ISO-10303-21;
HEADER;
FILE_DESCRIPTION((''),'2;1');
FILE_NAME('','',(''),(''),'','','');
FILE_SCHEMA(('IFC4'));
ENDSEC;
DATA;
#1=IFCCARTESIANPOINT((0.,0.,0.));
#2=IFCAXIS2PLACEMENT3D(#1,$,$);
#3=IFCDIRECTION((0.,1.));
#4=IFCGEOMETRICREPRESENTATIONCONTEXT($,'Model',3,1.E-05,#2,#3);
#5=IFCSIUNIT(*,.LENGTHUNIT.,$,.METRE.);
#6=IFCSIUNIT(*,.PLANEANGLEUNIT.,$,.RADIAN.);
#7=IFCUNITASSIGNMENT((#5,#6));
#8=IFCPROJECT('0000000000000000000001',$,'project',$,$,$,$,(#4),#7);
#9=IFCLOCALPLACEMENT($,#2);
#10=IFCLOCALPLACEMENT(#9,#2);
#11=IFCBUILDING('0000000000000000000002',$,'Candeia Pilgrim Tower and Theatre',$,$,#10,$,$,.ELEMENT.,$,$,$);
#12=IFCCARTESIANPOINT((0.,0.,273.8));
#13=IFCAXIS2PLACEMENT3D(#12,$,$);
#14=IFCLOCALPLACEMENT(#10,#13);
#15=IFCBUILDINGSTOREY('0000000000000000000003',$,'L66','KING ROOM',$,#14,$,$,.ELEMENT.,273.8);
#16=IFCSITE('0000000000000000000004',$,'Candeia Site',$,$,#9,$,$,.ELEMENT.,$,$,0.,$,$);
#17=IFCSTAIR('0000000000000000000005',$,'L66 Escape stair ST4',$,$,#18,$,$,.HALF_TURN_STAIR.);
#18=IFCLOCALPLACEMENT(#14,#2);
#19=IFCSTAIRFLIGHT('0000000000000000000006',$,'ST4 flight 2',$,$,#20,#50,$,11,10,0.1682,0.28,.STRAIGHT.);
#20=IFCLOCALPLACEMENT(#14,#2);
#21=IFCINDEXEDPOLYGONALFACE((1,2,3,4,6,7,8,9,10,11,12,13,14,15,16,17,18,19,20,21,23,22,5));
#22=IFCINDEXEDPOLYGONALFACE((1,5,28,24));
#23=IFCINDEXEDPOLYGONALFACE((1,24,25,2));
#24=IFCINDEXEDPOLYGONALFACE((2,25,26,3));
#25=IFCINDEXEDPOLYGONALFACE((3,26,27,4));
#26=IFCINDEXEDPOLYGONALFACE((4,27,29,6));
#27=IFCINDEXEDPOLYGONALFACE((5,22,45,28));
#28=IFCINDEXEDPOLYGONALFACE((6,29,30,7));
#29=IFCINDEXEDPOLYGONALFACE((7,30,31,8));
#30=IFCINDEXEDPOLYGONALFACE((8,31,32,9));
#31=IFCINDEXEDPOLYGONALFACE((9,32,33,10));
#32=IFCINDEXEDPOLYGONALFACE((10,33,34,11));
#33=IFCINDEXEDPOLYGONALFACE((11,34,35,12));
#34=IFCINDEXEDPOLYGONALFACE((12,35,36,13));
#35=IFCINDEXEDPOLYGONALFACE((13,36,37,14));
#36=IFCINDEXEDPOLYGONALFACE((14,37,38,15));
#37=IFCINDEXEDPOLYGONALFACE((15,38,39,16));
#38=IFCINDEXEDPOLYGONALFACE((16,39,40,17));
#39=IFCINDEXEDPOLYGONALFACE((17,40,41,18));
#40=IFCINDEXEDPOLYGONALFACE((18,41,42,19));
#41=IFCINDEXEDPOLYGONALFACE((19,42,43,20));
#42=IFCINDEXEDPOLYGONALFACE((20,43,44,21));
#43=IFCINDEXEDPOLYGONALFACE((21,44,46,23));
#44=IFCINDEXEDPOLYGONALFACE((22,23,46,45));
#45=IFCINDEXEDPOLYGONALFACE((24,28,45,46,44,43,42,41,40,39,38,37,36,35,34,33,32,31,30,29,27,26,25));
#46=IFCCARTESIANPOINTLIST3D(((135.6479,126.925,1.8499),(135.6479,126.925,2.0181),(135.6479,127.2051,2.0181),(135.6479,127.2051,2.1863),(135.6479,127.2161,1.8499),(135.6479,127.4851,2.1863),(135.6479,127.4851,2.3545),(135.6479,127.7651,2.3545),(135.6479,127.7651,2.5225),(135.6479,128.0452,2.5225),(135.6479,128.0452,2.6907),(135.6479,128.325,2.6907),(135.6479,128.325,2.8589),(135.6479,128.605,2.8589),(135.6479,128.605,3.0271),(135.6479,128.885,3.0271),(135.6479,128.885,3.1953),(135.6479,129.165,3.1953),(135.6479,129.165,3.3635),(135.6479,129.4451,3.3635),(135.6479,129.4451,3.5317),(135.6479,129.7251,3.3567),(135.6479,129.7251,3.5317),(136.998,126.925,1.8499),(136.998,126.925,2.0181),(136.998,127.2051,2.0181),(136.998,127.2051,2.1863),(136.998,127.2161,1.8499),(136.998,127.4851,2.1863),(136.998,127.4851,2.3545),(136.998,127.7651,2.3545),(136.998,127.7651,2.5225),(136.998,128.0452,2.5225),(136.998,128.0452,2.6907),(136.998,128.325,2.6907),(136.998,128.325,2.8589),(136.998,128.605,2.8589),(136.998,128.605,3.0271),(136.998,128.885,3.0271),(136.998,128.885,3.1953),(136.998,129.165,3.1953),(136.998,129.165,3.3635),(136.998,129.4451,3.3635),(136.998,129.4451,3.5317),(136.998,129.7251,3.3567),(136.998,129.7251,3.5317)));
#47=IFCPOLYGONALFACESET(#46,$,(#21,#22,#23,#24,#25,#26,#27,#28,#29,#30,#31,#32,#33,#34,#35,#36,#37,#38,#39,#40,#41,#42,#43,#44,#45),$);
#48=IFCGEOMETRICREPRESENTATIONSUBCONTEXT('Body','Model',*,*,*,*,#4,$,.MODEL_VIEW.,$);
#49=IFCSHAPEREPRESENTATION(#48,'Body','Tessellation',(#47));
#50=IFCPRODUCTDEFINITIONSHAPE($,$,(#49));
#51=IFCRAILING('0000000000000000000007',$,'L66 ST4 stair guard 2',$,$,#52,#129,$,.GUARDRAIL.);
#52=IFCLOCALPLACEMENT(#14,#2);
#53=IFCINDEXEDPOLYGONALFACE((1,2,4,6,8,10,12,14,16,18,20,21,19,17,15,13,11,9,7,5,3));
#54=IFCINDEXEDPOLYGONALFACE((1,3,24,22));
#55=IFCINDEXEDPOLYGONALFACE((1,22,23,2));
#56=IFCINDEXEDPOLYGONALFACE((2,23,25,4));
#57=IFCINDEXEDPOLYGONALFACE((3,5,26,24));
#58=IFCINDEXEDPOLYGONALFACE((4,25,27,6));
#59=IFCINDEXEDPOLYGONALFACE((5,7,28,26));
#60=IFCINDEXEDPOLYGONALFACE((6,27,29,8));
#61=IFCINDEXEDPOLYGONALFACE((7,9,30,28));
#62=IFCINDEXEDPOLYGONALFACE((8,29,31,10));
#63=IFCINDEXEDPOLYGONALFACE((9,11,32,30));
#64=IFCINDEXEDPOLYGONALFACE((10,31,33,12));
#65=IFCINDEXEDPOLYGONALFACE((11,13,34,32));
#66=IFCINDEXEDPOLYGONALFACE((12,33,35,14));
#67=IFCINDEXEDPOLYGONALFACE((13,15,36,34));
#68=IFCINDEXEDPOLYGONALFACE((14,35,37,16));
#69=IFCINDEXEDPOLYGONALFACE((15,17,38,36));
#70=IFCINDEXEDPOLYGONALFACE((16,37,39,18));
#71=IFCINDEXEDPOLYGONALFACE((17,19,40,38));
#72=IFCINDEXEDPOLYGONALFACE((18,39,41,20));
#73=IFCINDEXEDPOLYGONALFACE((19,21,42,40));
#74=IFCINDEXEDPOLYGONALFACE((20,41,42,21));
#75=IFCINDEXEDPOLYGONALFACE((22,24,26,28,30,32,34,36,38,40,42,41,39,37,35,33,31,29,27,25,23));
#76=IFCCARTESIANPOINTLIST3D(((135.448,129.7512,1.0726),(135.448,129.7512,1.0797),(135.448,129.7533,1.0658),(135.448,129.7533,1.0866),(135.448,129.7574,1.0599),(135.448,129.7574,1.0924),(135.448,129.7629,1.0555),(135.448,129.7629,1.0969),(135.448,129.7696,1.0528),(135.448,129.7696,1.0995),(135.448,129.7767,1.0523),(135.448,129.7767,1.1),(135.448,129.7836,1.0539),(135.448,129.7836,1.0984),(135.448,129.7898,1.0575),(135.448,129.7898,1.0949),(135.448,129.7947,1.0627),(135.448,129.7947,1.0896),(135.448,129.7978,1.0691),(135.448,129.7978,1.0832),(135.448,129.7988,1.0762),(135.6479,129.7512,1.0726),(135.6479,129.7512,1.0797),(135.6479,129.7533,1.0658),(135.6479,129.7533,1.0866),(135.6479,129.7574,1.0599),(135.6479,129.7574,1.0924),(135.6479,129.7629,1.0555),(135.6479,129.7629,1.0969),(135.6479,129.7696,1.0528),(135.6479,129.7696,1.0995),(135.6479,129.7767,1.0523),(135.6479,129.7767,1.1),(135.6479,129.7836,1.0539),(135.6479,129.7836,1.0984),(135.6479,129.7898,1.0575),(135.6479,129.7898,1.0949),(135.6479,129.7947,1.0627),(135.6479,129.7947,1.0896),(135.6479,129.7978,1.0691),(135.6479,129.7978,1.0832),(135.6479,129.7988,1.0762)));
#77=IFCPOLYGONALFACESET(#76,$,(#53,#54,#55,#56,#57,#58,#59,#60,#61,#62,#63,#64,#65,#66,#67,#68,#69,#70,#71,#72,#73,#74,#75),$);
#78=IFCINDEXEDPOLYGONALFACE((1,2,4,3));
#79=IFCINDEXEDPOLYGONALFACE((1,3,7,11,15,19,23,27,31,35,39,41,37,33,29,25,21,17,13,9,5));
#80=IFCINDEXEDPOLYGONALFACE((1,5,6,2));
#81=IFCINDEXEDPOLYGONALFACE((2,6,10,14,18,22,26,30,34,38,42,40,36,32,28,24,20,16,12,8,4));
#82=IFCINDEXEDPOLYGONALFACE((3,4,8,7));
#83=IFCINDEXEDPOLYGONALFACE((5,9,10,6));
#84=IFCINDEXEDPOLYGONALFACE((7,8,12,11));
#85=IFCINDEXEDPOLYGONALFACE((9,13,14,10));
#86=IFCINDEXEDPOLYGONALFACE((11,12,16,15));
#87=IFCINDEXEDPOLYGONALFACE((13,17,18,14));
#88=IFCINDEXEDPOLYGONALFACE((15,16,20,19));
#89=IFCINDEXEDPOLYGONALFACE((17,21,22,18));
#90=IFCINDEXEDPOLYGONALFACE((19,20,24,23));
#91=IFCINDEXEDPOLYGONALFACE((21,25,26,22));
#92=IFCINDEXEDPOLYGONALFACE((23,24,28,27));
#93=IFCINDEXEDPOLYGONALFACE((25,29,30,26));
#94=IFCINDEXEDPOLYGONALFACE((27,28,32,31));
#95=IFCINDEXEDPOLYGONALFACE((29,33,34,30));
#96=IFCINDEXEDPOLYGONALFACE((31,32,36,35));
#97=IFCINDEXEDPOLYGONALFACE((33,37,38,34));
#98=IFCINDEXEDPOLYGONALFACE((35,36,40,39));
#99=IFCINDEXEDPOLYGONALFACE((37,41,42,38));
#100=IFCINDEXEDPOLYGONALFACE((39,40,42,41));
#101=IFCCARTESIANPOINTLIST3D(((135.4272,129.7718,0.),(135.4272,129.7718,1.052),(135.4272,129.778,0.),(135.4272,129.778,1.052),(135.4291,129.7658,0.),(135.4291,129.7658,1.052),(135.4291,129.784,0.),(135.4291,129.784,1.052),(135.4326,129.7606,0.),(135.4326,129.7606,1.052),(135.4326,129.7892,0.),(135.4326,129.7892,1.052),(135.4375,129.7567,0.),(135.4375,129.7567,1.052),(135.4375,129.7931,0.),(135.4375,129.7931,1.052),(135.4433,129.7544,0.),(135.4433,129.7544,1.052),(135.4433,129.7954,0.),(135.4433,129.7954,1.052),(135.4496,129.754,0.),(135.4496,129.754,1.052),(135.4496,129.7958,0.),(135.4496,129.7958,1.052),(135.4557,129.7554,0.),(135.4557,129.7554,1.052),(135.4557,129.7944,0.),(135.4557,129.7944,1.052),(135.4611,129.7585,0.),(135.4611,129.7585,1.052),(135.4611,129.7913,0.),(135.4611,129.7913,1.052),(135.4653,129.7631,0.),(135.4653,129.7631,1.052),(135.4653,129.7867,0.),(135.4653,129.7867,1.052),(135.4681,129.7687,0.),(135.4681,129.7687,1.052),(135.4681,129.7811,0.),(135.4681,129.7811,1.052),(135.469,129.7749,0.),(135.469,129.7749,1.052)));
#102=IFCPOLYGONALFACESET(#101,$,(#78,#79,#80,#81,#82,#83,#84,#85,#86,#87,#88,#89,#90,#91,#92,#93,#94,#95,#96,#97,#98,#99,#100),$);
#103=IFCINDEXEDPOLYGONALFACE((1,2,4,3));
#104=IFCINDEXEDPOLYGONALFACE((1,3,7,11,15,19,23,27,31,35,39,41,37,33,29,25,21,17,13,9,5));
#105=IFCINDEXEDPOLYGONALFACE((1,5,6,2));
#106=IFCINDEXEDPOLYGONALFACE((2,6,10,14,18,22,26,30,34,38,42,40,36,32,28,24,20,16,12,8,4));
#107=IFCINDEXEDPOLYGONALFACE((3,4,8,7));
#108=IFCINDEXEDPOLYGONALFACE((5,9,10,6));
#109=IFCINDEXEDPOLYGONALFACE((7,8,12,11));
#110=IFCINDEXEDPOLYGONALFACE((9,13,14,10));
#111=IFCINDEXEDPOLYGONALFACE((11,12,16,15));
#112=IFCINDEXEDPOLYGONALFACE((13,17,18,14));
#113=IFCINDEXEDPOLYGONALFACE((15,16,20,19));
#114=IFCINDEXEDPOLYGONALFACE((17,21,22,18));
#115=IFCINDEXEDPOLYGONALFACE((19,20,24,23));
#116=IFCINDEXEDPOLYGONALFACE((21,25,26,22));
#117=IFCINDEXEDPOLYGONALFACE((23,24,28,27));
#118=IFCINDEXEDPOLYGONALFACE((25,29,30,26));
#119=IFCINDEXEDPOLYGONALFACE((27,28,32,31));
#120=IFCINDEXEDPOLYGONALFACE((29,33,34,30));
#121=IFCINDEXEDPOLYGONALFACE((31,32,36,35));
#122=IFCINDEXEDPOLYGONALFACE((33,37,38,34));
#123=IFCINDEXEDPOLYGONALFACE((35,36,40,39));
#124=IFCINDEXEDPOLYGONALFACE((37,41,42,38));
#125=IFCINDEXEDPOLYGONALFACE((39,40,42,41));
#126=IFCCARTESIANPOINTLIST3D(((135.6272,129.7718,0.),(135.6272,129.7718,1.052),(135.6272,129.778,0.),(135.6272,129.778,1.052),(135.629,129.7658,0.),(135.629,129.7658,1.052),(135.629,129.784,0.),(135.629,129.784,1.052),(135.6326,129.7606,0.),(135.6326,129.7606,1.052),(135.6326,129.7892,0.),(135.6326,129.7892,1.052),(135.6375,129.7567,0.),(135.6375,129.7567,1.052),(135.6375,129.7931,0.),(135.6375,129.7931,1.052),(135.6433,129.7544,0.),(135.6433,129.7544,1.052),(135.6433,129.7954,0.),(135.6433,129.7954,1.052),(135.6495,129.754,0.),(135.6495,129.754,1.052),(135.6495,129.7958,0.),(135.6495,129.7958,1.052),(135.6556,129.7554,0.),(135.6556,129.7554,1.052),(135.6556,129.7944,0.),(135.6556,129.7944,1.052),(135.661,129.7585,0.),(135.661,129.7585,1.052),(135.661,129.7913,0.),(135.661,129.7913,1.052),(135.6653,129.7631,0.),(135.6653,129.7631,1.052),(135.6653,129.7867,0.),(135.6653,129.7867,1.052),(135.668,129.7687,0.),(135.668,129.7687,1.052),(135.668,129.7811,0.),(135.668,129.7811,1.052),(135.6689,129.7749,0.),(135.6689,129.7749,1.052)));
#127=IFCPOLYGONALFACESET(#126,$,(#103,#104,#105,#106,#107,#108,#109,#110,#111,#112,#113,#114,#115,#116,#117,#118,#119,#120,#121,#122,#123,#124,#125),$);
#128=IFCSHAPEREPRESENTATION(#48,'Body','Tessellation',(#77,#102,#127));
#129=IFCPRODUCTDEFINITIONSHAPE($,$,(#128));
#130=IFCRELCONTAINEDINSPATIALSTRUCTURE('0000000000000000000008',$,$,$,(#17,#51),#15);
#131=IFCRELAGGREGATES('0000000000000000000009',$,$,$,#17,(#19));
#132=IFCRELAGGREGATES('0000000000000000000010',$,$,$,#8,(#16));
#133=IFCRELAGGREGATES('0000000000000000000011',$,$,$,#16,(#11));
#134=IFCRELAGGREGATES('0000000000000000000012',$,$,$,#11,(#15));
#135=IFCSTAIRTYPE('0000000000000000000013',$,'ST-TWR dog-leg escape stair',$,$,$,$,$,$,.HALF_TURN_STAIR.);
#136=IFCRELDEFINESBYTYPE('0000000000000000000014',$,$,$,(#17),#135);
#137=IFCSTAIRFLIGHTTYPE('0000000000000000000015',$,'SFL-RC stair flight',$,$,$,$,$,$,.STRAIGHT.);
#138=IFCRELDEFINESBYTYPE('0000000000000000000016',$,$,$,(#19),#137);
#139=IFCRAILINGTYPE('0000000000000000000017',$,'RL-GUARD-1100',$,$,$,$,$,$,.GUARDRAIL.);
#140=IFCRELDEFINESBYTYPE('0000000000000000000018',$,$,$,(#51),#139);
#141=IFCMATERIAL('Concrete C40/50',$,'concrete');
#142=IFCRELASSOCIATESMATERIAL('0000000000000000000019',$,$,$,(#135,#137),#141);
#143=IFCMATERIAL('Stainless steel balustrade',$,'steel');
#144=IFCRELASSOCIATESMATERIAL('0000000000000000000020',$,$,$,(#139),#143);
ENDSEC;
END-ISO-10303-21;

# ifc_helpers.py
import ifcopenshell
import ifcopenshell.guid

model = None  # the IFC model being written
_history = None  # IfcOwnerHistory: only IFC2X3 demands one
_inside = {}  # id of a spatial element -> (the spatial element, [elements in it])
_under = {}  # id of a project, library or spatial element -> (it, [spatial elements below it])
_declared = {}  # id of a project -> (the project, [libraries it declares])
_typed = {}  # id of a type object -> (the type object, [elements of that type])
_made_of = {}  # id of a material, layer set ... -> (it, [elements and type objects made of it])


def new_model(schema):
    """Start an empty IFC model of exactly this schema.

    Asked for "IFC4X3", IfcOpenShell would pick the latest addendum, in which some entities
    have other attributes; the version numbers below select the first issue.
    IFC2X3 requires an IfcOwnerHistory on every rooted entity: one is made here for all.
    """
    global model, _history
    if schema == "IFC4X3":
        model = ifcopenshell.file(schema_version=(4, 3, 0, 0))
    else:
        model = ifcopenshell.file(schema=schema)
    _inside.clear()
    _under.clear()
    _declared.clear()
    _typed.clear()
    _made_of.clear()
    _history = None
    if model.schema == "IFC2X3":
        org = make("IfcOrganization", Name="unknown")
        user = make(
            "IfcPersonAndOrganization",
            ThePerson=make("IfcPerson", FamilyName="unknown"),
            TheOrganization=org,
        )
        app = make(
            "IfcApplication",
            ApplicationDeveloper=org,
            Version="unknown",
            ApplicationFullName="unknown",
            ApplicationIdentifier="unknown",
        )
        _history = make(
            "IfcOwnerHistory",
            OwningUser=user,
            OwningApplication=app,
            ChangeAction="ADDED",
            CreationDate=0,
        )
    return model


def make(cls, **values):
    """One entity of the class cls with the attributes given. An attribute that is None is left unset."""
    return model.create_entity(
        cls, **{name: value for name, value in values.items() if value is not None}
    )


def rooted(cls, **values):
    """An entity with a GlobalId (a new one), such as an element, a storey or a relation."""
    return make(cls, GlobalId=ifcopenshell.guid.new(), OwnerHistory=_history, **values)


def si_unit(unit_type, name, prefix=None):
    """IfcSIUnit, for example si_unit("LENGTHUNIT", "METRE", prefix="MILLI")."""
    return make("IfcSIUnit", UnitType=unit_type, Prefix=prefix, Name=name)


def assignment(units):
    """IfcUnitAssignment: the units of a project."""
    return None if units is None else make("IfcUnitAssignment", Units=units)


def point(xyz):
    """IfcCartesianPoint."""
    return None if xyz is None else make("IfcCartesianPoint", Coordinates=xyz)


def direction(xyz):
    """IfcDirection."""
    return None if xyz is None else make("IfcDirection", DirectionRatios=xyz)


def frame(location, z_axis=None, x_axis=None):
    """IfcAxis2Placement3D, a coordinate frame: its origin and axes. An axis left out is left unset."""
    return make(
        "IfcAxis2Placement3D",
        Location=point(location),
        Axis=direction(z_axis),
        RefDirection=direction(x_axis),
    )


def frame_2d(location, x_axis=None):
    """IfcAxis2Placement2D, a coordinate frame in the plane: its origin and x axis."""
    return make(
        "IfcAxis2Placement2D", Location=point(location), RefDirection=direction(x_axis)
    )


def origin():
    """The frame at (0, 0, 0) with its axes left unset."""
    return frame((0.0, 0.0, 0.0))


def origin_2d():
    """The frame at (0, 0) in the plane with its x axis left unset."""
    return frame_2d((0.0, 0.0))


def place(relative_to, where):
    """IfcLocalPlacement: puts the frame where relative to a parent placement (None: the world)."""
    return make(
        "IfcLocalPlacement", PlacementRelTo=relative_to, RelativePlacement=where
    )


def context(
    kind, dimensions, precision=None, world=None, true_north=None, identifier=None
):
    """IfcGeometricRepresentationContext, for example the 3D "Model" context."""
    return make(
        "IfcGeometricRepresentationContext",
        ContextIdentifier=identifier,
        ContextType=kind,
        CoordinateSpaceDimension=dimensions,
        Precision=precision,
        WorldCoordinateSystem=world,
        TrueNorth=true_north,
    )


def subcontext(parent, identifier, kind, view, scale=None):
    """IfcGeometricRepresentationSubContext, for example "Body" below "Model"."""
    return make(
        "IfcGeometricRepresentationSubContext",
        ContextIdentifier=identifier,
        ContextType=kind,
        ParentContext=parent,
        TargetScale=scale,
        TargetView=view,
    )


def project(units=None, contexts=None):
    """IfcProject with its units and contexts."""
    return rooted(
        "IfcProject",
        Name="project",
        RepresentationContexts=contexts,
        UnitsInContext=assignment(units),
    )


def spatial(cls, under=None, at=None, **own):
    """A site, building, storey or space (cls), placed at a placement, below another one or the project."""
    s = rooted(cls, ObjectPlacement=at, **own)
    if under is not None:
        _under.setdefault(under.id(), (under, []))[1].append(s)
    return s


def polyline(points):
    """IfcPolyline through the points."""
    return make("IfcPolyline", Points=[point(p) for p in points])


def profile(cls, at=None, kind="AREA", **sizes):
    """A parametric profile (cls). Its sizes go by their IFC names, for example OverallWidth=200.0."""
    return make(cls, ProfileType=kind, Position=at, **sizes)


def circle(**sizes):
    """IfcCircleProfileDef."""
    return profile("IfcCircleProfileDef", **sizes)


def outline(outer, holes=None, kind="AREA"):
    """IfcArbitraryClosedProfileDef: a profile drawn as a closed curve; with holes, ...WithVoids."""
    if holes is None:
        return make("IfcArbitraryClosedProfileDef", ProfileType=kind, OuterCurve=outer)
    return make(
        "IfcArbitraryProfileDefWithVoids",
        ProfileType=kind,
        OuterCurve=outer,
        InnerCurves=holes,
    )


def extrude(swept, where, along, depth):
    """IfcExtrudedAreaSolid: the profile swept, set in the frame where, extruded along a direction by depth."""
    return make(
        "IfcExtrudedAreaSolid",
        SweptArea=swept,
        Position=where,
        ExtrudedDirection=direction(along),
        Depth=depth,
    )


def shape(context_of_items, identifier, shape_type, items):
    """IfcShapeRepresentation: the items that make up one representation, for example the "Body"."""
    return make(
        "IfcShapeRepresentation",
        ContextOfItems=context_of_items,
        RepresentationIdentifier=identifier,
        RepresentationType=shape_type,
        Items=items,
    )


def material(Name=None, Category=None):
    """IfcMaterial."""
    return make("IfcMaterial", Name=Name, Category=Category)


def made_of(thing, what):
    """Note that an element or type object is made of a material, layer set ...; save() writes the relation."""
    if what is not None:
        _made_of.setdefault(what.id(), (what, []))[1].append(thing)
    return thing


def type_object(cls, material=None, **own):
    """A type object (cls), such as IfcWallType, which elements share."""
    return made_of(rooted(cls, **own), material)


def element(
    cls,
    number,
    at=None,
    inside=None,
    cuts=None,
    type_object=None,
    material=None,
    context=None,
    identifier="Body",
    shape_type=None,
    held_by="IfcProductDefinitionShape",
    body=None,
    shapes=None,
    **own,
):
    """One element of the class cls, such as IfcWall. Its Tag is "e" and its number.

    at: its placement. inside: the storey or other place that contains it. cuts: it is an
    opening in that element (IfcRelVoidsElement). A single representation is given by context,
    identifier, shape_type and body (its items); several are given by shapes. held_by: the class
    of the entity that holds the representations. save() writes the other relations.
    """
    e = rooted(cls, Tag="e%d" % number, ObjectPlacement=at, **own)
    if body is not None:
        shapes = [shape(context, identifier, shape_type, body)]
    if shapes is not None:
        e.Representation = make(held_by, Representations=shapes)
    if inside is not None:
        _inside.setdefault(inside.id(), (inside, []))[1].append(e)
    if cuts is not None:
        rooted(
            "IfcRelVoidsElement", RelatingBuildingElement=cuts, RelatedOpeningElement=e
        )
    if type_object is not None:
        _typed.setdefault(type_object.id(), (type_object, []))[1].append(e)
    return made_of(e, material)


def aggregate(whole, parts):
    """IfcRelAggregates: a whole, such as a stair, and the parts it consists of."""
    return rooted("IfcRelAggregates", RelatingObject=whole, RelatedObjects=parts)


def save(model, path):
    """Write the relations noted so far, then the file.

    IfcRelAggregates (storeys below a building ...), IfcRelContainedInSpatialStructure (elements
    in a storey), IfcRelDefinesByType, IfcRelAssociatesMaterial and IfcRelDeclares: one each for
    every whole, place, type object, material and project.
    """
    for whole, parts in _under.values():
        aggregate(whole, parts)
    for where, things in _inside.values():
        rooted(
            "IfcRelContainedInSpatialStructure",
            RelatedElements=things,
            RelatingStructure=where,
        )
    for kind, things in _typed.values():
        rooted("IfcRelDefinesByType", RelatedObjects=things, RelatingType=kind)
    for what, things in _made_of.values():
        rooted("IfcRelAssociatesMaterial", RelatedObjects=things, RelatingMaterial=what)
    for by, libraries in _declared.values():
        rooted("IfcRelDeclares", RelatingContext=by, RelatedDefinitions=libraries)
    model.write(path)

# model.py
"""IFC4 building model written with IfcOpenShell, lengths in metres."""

from ifc_helpers import new_model, si_unit, direction, frame, origin, origin_2d, place, context, subcontext, project, spatial, polyline, circle, outline, extrude, material, type_object, element, aggregate, save


model = new_model("IFC4")

# Units and contexts
model_context = context("Model", 3, precision=1e-05, world=origin(), true_north=direction((0.0, 1.0)))
body_context = subcontext(model_context, "Body", "Model", "MODEL_VIEW")
ifc_project = project(units=[si_unit("LENGTHUNIT", "METRE"), si_unit("PLANEANGLEUNIT", "RADIAN")], contexts=[model_context])

# Site, building, storey
site_placement = place(None, origin())
site = spatial("IfcSite", under=ifc_project, at=site_placement, Name="Candeia Site", CompositionType="ELEMENT", RefElevation=0.0)
building_placement = place(site_placement, origin())
building = spatial("IfcBuilding", under=site, at=building_placement, Name="Candeia Pilgrim Tower and Theatre", CompositionType="ELEMENT")
storey_placement = place(building_placement, frame((0.0, 0.0, 273.8)))
storey = spatial("IfcBuildingStorey", under=building, at=storey_placement, Name="L66", Description="KING ROOM", CompositionType="ELEMENT", Elevation=273.8)

# Shared definitions
ifc_material_1 = material(Name="Concrete C40/50", Category="concrete")

# Stair, stair flight
stair_type = type_object("IfcStairType", Name="ST-TWR dog-leg escape stair", PredefinedType="HALF_TURN_STAIR", material=ifc_material_1)
stair_placement = place(storey_placement, origin())
stair = element("IfcStair", 1, at=stair_placement, inside=storey, type_object=stair_type, Name="L66 Escape stair ST4", PredefinedType="HALF_TURN_STAIR")
stair_flight_type = type_object("IfcStairFlightType", Name="SFL-RC stair flight", PredefinedType="STRAIGHT", material=ifc_material_1)
stair_flight_1_placement = place(storey_placement, frame((136.323, 126.925, 1.8499), z_axis=(0.0, 0.0, 1.0), x_axis=(0.0, 1.0, 0.0)))
stair_flight_1 = element("IfcStairFlight", 2, at=stair_flight_1_placement, type_object=stair_flight_type, Name="ST4 flight 2", NumberOfRisers=11, NumberOfTreads=10, PredefinedType="STRAIGHT", RiserHeight=0.1682, TreadLength=0.28, context=body_context, shape_type="SweptSolid", body=[
    extrude(outline(polyline([(0.0, 0.0), (0.0, 0.1682), (0.28, 0.1682), (0.28, 0.3364), (0.5601, 0.3364), (0.5601, 0.5046), (0.8401, 0.5046), (0.8401, 0.6726), (1.1201, 0.6726), (1.1201, 0.8408), (1.3999, 0.8408), (1.3999, 1.009), (1.6799, 1.009), (1.6799, 1.1772), (1.96, 1.1772), (1.96, 1.3455), (2.24, 1.3455), (2.24, 1.5137), (2.52, 1.5137), (2.52, 1.6819), (2.8, 1.6819), (2.8, 1.8501), (2.8, 1.5068), (0.291, 0.0), (0.0, 0.0)])), frame((0.0, 0.675, 0.0), z_axis=(0.0, -1.0, 0.0), x_axis=(1.0, 0.0, 0.0)), (0.0, 0.0, 1.0), 1.3501),
])
aggregate(stair, [stair_flight_1])

# Railing
ifc_material_2 = material(Name="Stainless steel balustrade", Category="steel")
railing_type_1 = type_object("IfcRailingType", Name="RL-GUARD-1100", PredefinedType="GUARDRAIL", material=ifc_material_2)
railing_1_placement = place(storey_placement, frame((135.448, 129.7749, 0.0)))
element("IfcRailing", 3, at=railing_1_placement, inside=storey, type_object=railing_type_1, Name="L66 ST4 stair guard 2", PredefinedType="GUARDRAIL", context=body_context, shape_type="SweptSolid", body=[
    extrude(circle(Radius=0.0239, at=origin_2d()), frame((0.0, 0.0, 1.0762), z_axis=(1.0, 0.0, 0.0), x_axis=(0.0, 1.0, 0.0)), (0.0, 0.0, 1.0), 0.2),
    extrude(circle(Radius=0.021, at=origin_2d()), origin(), (0.0, 0.0, 1.0), 1.052),
    extrude(circle(Radius=0.021, at=origin_2d()), frame((0.2, 0.0, 0.0)), (0.0, 0.0, 1.0), 1.052),
])

save(model, "model.ifc")
